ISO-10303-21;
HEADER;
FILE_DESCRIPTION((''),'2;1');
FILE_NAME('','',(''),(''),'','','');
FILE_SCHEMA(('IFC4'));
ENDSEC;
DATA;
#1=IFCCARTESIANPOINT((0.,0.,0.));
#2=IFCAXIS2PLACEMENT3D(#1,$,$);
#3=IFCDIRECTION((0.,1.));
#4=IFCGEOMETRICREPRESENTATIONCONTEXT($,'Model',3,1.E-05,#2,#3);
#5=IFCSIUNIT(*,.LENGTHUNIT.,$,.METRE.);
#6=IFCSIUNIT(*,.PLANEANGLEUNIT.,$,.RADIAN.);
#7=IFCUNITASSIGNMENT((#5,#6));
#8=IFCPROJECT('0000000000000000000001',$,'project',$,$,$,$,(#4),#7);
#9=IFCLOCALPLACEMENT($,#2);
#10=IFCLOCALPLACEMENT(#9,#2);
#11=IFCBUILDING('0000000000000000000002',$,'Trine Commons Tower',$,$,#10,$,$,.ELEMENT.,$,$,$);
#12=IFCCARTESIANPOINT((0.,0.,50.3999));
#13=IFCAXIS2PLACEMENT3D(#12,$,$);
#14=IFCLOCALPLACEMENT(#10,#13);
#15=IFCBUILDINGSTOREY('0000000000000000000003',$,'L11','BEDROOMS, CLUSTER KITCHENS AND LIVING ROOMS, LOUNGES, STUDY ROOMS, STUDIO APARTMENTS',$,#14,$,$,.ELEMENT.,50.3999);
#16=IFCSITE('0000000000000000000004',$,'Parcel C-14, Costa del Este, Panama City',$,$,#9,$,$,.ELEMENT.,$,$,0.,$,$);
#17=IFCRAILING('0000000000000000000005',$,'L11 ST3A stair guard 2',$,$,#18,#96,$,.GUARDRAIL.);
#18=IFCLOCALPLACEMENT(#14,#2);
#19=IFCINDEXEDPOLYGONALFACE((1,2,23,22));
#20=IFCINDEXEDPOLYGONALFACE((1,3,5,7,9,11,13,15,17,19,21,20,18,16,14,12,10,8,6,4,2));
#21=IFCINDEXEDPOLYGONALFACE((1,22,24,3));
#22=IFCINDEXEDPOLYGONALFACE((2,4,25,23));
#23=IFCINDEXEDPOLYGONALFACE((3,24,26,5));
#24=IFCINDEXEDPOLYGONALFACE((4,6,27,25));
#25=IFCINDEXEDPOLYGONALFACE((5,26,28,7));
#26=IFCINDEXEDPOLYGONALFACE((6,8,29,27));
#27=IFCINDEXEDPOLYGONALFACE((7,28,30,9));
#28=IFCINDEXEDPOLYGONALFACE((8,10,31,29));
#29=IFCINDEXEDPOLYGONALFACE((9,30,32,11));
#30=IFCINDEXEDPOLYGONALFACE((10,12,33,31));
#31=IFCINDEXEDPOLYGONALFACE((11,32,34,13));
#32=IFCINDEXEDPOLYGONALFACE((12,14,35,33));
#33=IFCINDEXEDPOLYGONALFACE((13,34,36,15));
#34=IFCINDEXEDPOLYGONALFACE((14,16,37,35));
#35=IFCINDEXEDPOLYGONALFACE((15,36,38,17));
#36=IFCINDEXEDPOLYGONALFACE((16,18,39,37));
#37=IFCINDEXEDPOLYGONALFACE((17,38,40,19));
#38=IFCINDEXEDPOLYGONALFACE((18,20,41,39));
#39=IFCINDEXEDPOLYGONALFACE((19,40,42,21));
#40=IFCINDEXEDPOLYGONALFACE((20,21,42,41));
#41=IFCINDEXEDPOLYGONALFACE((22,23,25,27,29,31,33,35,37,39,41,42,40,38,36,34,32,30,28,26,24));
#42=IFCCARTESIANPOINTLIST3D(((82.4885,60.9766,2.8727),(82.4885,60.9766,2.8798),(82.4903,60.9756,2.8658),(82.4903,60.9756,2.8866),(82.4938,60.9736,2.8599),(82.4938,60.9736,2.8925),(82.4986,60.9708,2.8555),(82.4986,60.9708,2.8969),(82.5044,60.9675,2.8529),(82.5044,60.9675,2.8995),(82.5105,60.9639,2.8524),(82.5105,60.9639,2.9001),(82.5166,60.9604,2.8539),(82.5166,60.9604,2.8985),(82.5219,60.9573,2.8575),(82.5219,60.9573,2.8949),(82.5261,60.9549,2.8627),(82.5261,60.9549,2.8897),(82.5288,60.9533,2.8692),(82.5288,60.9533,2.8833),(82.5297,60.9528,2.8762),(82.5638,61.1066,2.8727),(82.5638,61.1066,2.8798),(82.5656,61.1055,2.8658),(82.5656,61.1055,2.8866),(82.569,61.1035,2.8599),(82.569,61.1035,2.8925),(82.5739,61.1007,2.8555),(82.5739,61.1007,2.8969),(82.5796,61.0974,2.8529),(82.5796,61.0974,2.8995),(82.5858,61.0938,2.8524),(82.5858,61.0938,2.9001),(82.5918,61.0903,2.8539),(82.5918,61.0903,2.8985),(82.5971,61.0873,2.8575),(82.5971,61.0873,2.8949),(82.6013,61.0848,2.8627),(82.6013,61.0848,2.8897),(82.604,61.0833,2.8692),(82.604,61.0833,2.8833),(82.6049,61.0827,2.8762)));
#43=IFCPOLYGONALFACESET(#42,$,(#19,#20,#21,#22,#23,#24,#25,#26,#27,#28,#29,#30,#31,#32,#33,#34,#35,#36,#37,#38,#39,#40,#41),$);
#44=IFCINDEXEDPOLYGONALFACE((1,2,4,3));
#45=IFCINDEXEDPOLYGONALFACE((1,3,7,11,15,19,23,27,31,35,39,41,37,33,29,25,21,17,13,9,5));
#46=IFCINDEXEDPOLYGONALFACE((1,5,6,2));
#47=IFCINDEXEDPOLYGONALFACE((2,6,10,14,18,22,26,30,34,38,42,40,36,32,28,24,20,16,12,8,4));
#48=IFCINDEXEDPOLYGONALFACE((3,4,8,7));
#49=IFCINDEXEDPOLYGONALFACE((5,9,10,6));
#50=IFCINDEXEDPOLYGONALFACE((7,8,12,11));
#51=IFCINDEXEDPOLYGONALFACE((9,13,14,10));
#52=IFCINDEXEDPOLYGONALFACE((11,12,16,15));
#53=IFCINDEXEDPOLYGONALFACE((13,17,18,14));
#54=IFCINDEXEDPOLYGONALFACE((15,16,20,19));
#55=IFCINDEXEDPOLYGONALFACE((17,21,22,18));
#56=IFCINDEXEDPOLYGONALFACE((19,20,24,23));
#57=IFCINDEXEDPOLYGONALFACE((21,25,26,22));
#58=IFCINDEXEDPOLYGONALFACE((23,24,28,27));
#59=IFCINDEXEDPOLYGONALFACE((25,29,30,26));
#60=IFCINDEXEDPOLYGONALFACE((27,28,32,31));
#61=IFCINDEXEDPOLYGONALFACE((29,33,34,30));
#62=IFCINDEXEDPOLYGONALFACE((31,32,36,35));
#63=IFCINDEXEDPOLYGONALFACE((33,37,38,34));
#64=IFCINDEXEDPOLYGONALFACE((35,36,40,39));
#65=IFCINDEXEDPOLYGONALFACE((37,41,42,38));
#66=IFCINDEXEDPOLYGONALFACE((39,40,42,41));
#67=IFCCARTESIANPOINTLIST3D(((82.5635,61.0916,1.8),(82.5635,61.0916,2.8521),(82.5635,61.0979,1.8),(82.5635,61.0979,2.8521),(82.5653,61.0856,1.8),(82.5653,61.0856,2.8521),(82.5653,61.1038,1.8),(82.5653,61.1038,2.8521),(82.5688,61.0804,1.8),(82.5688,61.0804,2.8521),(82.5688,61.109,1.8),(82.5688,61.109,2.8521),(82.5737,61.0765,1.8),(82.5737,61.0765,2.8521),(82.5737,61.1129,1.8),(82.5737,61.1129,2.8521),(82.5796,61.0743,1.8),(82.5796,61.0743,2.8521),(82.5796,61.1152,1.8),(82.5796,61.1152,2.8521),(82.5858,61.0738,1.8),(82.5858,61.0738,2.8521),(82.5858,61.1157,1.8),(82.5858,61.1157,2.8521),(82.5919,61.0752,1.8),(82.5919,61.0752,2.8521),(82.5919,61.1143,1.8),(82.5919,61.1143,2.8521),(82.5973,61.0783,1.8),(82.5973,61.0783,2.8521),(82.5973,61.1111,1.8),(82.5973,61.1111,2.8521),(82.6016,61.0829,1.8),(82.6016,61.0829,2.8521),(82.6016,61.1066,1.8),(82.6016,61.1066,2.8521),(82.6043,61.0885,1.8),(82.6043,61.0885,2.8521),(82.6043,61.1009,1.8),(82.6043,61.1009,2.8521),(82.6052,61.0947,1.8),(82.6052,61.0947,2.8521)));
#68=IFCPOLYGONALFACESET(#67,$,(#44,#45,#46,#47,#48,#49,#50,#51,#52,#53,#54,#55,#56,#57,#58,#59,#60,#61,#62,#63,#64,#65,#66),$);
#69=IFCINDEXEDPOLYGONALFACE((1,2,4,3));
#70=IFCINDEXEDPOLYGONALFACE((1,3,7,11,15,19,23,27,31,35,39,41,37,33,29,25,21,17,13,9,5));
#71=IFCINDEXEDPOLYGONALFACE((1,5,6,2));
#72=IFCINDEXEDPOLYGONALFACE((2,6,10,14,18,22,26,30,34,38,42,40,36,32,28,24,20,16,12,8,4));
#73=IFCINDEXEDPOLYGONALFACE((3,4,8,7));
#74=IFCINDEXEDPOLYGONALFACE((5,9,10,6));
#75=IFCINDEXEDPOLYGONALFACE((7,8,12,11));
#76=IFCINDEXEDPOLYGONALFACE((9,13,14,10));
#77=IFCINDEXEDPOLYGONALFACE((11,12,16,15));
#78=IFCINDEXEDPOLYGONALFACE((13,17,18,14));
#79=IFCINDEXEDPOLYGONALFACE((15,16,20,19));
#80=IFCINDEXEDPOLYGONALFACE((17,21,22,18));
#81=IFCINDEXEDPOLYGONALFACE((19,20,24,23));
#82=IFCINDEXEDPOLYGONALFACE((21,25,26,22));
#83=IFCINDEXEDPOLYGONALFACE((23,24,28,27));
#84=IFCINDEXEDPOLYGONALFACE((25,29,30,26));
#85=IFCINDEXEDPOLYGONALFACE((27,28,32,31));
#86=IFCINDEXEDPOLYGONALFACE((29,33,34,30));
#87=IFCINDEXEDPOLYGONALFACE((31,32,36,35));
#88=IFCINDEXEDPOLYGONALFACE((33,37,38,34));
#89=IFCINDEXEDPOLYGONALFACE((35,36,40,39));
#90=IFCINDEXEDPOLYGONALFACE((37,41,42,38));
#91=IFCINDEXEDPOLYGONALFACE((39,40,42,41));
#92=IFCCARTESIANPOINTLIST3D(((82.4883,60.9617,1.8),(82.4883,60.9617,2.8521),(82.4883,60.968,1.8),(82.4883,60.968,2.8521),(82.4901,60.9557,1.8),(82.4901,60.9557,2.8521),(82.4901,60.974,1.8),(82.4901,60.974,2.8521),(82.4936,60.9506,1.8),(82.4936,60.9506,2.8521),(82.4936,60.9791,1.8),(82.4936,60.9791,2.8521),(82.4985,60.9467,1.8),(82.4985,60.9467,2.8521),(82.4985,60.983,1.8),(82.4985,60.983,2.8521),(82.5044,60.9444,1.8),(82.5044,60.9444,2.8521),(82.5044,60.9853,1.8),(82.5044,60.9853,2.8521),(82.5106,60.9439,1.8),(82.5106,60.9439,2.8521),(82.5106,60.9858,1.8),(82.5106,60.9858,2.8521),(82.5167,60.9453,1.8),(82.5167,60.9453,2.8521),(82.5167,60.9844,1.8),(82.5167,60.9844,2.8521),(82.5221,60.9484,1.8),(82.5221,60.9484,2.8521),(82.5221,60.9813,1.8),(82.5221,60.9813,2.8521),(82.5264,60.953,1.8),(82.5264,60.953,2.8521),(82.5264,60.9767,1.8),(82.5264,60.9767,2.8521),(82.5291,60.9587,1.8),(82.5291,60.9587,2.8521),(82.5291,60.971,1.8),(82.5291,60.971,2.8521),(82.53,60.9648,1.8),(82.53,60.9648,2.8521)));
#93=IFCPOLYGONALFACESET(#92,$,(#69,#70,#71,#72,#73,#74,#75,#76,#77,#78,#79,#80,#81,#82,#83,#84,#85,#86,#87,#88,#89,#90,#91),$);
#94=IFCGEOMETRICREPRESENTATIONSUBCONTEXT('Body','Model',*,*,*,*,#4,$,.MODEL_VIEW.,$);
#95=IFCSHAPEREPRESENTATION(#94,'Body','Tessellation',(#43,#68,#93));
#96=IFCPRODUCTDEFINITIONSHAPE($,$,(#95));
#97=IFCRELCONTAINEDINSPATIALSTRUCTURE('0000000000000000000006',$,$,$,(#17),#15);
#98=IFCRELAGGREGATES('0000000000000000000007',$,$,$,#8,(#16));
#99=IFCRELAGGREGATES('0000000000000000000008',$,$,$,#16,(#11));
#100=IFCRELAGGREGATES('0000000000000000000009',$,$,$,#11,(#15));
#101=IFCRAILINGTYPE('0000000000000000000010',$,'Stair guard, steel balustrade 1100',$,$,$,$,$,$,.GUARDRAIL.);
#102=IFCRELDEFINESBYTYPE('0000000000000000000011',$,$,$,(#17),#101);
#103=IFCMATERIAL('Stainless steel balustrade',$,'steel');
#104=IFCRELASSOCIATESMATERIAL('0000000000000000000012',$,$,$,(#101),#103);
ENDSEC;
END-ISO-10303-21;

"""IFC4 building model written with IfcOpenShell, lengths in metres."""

from ifc_helpers import new_model, si_unit, direction, frame, origin, origin_2d, place, context, subcontext, project, spatial, circle, extrude, material, type_object, element, save


model = new_model("IFC4")

# Units and contexts
model_context = context("Model", 3, precision=1e-05, world=origin(), true_north=direction((0.0, 1.0)))
body_context = subcontext(model_context, "Body", "Model", "MODEL_VIEW")
ifc_project = project(units=[si_unit("LENGTHUNIT", "METRE"), si_unit("PLANEANGLEUNIT", "RADIAN")], contexts=[model_context])

# Site, building, storey
site_placement = place(None, origin())
site = spatial("IfcSite", under=ifc_project, at=site_placement, Name="Parcel C-14, Costa del Este, Panama City", CompositionType="ELEMENT", RefElevation=0.0)
building_placement = place(site_placement, origin())
building = spatial("IfcBuilding", under=site, at=building_placement, Name="Trine Commons Tower", CompositionType="ELEMENT")
storey_placement = place(building_placement, frame((0.0, 0.0, 50.3999)))
storey = spatial("IfcBuildingStorey", under=building, at=storey_placement, Name="L11", Description="BEDROOMS, CLUSTER KITCHENS AND LIVING ROOMS, LOUNGES, STUDY ROOMS, STUDIO APARTMENTS", CompositionType="ELEMENT", Elevation=50.3999)

# Railing
ifc_material_1 = material(Name="Stainless steel balustrade", Category="steel")
railing_type_1 = type_object("IfcRailingType", Name="Stair guard, steel balustrade 1100", PredefinedType="GUARDRAIL", material=ifc_material_1)
railing_1_placement = place(storey_placement, frame((82.5842, 61.0947, 1.8)))
element("IfcRailing", 1, at=railing_1_placement, inside=storey, type_object=railing_type_1, Name="L11 ST3A stair guard 2", PredefinedType="GUARDRAIL", context=body_context, shape_type="SweptSolid", body=[
    extrude(circle(Radius=0.0239, at=origin_2d()), frame((0.0, 0.0, 1.0762), z_axis=(-0.501036, -0.865426, 0.0), x_axis=(0.865426, -0.501036, 0.0)), (0.0, 0.0, 1.0), 0.1501),
    extrude(circle(Radius=0.021, at=origin_2d()), origin(), (0.0, 0.0, 1.0), 1.052),
    extrude(circle(Radius=0.021, at=origin_2d()), frame((-0.0752, -0.1299, 0.0)), (0.0, 0.0, 1.0), 1.052),
])

save(model, "model.ifc")
